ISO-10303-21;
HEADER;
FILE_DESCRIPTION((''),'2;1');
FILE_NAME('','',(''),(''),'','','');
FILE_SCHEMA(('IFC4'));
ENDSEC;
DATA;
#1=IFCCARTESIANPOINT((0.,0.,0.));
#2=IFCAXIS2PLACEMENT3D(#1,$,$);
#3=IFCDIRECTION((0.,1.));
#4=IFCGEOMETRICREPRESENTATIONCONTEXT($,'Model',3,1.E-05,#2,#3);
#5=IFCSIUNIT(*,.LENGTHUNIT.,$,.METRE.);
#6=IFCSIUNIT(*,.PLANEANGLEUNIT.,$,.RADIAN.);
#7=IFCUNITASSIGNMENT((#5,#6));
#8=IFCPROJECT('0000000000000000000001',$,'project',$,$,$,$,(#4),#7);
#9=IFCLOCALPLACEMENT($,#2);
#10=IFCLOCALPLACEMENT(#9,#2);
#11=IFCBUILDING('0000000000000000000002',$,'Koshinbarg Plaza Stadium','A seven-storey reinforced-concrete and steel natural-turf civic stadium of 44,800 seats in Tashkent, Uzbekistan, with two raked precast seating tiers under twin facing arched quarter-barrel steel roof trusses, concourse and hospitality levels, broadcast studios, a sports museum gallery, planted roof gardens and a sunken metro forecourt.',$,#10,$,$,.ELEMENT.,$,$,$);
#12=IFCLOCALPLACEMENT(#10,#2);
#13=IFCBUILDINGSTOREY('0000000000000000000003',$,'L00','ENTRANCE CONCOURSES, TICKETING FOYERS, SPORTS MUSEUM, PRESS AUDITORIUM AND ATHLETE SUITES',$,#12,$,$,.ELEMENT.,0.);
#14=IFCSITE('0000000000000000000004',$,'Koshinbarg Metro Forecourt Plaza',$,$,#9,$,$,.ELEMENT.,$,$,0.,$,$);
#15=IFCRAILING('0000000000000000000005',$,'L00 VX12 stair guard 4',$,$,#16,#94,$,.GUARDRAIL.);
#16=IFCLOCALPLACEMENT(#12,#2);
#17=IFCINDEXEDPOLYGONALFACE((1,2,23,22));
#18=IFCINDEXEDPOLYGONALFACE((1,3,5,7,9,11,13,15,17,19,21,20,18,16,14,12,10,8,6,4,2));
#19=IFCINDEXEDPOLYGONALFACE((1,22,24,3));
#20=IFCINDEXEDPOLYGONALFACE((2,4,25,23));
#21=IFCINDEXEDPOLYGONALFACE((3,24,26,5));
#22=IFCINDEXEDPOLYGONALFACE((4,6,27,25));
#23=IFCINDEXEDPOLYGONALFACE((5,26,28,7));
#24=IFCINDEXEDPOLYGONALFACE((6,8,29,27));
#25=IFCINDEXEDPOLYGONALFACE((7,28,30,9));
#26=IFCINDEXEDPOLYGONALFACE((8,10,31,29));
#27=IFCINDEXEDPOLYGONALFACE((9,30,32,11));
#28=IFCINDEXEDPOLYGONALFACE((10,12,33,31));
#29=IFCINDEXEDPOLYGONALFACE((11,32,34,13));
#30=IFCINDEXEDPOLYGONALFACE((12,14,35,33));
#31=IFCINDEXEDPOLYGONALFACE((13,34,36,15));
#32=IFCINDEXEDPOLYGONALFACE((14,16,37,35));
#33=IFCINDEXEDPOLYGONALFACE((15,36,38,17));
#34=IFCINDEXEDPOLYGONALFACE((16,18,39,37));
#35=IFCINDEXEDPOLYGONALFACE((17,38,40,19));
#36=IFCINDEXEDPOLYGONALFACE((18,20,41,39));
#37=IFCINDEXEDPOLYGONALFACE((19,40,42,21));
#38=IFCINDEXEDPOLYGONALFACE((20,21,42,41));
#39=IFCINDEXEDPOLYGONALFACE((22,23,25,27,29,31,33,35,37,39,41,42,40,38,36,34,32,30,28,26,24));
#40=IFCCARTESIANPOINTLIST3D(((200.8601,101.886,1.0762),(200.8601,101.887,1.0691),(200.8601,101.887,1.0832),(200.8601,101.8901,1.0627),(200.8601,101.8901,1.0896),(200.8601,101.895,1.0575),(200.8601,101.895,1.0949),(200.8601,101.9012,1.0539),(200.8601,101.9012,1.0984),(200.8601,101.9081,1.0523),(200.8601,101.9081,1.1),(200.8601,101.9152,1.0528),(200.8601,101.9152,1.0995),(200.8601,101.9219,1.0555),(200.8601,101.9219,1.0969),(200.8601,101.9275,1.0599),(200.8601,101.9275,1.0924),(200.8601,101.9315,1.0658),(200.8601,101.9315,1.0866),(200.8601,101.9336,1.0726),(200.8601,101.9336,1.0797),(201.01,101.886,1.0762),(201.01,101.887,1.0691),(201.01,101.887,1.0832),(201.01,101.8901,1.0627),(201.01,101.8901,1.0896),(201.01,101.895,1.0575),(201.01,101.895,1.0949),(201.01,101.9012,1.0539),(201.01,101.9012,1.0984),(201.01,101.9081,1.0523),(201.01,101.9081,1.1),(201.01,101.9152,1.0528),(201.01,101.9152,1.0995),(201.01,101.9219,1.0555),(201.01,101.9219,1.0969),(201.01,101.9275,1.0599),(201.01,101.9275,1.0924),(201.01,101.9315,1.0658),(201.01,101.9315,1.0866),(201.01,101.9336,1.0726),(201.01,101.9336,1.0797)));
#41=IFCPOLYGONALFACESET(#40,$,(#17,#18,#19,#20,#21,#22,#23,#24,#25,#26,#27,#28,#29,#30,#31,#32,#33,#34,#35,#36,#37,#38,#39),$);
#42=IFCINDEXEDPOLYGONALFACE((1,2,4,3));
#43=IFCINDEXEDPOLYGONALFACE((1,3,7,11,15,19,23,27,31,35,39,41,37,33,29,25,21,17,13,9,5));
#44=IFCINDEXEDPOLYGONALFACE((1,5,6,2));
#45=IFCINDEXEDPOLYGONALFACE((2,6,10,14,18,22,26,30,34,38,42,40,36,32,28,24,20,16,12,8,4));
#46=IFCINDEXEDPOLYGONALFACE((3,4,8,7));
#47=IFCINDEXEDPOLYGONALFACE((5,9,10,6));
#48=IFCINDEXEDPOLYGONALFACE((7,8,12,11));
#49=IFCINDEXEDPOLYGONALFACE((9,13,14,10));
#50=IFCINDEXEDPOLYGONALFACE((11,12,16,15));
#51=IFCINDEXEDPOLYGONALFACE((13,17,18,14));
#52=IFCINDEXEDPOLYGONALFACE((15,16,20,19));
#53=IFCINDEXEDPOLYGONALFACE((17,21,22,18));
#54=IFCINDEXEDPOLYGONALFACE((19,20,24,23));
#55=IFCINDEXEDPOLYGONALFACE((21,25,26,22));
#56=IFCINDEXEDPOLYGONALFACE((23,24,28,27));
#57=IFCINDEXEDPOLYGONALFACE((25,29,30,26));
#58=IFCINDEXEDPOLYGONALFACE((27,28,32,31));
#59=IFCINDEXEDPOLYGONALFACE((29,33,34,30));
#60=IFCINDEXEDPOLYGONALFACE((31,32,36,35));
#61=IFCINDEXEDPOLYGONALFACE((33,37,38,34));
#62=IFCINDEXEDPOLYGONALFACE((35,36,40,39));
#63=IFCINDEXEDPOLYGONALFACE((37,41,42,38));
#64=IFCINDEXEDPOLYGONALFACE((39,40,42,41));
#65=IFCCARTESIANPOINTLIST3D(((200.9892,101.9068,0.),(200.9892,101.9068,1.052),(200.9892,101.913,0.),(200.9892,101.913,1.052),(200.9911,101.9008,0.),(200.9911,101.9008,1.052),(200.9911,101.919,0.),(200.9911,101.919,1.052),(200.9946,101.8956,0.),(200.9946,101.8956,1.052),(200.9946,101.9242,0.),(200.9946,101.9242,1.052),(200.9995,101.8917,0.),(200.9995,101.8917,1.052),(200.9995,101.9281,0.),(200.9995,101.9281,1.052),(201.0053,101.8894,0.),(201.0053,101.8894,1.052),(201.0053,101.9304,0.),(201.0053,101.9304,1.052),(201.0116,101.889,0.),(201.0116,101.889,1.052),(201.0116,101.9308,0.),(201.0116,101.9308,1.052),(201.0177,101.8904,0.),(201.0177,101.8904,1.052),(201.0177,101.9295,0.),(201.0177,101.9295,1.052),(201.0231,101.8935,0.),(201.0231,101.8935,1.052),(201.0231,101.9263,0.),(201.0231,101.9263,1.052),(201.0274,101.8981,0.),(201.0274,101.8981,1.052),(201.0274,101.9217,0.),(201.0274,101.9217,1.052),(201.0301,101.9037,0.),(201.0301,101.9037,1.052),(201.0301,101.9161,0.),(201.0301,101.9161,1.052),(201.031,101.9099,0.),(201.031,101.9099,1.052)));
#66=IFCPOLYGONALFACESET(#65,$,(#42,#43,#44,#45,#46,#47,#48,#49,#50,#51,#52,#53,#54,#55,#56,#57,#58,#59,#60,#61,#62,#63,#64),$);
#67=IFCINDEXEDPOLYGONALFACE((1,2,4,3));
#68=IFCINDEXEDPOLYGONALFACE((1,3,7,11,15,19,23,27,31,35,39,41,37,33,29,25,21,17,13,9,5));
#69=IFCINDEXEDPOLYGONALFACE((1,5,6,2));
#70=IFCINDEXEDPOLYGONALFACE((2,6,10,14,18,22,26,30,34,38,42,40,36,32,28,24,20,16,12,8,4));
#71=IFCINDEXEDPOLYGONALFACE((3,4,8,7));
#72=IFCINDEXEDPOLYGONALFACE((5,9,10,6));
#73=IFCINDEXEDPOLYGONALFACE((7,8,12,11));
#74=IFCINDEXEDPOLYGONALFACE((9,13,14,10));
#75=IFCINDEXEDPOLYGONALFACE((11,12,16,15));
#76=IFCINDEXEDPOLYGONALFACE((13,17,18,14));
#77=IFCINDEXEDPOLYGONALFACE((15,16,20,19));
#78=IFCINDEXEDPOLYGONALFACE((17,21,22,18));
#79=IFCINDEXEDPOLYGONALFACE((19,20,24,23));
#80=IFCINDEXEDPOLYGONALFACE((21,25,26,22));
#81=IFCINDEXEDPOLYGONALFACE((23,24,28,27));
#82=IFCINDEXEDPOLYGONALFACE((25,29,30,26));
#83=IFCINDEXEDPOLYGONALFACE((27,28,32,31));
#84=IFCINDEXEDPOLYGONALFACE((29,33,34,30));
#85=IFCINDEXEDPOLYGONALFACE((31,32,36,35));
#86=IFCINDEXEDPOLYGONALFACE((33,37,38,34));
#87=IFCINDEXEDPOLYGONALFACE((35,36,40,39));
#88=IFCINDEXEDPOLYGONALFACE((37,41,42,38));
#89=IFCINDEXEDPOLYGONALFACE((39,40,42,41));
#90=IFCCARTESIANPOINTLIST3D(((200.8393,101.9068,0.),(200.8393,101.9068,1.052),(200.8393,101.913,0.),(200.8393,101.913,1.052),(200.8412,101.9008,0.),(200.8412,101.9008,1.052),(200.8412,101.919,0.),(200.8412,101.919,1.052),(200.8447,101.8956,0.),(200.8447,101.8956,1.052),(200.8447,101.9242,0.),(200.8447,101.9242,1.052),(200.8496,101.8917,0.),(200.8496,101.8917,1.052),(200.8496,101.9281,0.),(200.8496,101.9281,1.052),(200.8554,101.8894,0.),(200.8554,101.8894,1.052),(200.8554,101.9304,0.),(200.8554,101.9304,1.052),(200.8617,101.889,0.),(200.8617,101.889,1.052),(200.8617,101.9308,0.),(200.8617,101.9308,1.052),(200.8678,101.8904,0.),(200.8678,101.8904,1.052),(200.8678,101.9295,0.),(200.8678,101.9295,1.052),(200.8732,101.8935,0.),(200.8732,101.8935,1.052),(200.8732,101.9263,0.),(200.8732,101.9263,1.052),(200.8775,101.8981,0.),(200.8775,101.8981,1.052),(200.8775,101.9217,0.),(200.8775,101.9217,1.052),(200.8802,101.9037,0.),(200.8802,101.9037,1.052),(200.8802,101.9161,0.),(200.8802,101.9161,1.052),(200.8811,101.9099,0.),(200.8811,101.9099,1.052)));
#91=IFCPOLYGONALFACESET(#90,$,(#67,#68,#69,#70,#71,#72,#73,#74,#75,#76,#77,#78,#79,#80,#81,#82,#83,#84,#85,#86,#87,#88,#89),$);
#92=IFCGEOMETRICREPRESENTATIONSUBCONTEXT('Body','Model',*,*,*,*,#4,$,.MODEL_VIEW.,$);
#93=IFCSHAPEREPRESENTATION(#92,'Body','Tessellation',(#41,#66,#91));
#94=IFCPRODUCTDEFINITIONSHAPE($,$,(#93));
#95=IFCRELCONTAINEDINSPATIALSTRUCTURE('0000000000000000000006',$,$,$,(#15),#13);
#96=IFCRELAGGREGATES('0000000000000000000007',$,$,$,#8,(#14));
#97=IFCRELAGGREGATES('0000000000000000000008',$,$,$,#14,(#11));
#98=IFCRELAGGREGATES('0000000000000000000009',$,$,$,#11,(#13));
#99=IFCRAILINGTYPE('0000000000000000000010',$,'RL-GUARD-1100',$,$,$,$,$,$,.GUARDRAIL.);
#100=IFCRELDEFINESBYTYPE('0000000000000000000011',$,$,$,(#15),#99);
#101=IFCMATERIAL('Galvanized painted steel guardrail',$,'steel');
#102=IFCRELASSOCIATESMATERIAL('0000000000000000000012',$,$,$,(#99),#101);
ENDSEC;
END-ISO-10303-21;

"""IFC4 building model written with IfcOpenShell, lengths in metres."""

from ifc_helpers import new_model, si_unit, direction, frame, origin, origin_2d, place, context, subcontext, project, spatial, circle, extrude, material, type_object, element, save


model = new_model("IFC4")

# Units and contexts
model_context = context("Model", 3, precision=1e-05, world=origin(), true_north=direction((0.0, 1.0)))
body_context = subcontext(model_context, "Body", "Model", "MODEL_VIEW")
ifc_project = project(units=[si_unit("LENGTHUNIT", "METRE"), si_unit("PLANEANGLEUNIT", "RADIAN")], contexts=[model_context])

# Site, building, storey
site_placement = place(None, origin())
site = spatial("IfcSite", under=ifc_project, at=site_placement, Name="Koshinbarg Metro Forecourt Plaza", CompositionType="ELEMENT", RefElevation=0.0)
building_placement = place(site_placement, origin())
building = spatial("IfcBuilding", under=site, at=building_placement, Name="Koshinbarg Plaza Stadium", Description="A seven-storey reinforced-concrete and steel natural-turf civic stadium of 44,800 seats in Tashkent, Uzbekistan, with two raked precast seating tiers under twin facing arched quarter-barrel steel roof trusses, concourse and hospitality levels, broadcast studios, a sports museum gallery, planted roof gardens and a sunken metro forecourt.", CompositionType="ELEMENT")
storey_placement = place(building_placement, origin())
storey = spatial("IfcBuildingStorey", under=building, at=storey_placement, Name="L00", Description="ENTRANCE CONCOURSES, TICKETING FOYERS, SPORTS MUSEUM, PRESS AUDITORIUM AND ATHLETE SUITES", CompositionType="ELEMENT", Elevation=0.0)

# Railing
ifc_material_1 = material(Name="Galvanized painted steel guardrail", Category="steel")
railing_type_1 = type_object("IfcRailingType", Name="RL-GUARD-1100", PredefinedType="GUARDRAIL", material=ifc_material_1)
railing_1_placement = place(storey_placement, frame((201.01, 101.9099, 0.0)))
element("IfcRailing", 1, at=railing_1_placement, inside=storey, type_object=railing_type_1, Name="L00 VX12 stair guard 4", PredefinedType="GUARDRAIL", context=body_context, shape_type="SweptSolid", body=[
    extrude(circle(Radius=0.0239, at=origin_2d()), frame((0.0, 0.0, 1.0762), z_axis=(-1.0, 0.0, 0.0), x_axis=(0.0, -1.0, 0.0)), (0.0, 0.0, 1.0), 0.1499),
    extrude(circle(Radius=0.021, at=origin_2d()), origin(), (0.0, 0.0, 1.0), 1.052),
    extrude(circle(Radius=0.021, at=origin_2d()), frame((-0.1499, 0.0, 0.0)), (0.0, 0.0, 1.0), 1.052),
])

save(model, "model.ifc")
